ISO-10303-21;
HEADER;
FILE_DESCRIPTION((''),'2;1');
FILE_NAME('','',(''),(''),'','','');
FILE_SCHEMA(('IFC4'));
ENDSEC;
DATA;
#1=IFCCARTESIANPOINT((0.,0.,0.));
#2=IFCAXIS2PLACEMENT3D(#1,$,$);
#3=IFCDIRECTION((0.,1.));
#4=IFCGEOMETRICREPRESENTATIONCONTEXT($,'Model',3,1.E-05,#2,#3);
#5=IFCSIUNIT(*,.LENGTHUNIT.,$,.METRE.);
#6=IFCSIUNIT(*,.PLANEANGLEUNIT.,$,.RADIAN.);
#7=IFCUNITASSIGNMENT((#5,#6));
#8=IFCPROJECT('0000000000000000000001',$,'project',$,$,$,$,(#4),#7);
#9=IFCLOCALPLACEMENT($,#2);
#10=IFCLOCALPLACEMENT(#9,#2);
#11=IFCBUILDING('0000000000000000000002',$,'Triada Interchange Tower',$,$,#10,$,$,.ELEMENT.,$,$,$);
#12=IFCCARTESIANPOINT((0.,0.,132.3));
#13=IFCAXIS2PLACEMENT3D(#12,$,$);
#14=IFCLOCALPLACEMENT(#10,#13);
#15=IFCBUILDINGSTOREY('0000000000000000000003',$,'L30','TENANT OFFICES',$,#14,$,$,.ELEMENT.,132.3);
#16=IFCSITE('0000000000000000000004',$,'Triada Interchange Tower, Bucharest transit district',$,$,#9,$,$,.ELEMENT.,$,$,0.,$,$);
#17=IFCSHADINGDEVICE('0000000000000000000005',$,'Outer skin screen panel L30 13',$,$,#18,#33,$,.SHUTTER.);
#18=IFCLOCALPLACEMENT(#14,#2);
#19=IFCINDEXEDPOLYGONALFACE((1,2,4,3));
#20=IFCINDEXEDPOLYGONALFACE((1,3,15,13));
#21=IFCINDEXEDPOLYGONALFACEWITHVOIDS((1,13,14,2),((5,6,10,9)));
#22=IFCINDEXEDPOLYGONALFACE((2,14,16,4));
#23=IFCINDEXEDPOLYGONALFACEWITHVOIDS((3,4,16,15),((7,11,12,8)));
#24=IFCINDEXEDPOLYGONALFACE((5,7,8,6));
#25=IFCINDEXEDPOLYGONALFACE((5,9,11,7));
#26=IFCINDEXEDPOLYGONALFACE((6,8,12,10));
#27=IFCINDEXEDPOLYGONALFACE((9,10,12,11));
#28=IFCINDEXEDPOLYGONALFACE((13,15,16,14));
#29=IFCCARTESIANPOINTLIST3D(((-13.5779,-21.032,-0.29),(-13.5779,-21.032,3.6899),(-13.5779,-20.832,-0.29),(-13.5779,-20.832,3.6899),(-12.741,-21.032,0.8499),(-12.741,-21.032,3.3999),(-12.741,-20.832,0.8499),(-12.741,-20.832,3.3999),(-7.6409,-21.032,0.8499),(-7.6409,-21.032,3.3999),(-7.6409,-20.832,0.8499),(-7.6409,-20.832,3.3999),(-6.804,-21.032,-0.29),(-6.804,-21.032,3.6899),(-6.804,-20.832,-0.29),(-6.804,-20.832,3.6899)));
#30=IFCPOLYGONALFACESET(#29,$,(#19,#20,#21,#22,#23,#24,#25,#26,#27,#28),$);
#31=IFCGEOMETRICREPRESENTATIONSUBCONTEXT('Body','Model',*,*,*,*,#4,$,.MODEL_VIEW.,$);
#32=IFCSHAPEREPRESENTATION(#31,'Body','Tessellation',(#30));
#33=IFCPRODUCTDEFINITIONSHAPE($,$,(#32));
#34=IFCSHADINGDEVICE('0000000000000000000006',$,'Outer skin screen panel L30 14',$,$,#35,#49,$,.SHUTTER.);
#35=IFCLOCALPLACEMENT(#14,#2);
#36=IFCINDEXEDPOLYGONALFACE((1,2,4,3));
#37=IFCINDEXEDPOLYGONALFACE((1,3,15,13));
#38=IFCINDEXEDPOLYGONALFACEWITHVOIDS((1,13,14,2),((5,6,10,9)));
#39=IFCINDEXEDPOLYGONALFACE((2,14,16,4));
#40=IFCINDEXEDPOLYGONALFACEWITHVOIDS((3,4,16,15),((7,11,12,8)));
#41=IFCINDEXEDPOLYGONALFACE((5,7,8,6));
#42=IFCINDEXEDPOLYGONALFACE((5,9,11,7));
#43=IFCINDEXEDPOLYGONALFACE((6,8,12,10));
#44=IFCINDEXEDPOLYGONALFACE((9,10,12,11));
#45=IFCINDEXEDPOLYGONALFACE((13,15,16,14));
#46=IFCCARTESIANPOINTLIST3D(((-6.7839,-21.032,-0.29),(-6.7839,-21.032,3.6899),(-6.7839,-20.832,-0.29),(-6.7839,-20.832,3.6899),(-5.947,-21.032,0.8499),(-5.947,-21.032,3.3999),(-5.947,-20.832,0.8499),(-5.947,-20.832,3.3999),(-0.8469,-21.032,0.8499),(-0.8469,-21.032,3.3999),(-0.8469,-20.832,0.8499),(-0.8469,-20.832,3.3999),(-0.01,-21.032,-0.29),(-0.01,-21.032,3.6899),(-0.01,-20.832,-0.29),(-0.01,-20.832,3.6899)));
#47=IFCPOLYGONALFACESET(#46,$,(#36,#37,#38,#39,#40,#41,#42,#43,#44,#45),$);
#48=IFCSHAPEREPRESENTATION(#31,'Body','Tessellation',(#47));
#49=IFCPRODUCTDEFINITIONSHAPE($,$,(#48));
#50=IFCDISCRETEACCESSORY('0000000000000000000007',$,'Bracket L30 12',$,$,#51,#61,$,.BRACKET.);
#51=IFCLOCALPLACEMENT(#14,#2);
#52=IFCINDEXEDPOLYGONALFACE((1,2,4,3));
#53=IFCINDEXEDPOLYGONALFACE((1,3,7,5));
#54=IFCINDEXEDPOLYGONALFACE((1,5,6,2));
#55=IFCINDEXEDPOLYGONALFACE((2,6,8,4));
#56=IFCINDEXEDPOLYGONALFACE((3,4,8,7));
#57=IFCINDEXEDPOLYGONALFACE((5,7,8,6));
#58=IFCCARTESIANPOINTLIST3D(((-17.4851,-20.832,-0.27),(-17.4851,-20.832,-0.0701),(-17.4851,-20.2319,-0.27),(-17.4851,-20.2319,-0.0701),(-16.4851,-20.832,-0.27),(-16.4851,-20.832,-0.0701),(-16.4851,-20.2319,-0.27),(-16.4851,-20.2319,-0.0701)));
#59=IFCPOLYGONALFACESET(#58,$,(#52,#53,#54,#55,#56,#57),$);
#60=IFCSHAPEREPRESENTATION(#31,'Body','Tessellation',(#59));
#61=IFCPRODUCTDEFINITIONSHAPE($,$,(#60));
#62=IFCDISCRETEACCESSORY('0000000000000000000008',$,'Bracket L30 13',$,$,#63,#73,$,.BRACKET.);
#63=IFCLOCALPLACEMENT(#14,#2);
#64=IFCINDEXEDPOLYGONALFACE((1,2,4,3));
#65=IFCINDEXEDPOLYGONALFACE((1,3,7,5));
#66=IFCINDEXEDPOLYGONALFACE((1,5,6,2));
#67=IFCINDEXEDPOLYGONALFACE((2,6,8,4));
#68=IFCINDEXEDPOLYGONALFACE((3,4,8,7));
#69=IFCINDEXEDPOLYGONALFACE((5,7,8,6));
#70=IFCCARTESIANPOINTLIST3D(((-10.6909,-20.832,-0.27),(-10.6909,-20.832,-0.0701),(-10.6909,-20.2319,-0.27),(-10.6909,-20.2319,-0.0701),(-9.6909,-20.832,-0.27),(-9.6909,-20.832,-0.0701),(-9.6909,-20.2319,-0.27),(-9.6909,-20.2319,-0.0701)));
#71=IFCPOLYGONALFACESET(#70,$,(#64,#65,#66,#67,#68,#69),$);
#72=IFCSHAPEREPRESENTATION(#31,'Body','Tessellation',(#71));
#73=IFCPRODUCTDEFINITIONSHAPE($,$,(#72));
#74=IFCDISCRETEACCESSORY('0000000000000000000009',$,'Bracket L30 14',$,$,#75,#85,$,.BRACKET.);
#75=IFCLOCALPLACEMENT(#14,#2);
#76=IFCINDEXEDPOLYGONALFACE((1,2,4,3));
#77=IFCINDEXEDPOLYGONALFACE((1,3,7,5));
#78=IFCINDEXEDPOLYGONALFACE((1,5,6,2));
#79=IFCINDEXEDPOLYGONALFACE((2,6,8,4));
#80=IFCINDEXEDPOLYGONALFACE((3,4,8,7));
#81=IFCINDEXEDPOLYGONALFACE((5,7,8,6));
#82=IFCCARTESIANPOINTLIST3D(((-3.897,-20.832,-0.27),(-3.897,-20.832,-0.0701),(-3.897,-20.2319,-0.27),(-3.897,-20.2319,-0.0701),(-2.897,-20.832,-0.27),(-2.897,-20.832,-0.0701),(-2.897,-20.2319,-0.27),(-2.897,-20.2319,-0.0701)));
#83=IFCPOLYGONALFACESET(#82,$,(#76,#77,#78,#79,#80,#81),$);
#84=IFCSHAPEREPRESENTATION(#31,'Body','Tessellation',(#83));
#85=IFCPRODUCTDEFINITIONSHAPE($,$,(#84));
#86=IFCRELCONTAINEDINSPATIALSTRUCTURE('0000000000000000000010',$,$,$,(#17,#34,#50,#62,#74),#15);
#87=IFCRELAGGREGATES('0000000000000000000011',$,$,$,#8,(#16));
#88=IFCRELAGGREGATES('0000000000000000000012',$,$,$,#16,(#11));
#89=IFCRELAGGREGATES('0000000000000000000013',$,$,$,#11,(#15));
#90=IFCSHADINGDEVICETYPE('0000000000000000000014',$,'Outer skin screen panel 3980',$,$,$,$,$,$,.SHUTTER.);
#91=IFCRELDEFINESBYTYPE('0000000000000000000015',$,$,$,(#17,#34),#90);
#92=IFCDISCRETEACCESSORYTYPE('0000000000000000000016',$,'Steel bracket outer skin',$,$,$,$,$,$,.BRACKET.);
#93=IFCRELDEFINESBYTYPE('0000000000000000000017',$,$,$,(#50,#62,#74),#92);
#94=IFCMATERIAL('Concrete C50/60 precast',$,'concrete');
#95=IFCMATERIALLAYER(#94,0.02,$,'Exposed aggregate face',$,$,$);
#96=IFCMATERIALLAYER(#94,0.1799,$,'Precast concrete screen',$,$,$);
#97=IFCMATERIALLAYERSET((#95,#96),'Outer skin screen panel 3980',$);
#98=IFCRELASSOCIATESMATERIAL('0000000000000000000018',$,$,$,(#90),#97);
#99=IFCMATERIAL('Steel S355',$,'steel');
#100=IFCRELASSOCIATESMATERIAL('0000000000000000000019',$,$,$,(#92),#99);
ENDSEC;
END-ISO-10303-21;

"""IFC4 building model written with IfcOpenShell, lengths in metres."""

from ifc_helpers import new_model, si_unit, direction, frame, origin, origin_2d, place, context, subcontext, project, spatial, polyline, rectangle, outline, extrude, material, layer, layer_set, type_object, element, save


model = new_model("IFC4")

# Units and contexts
model_context = context("Model", 3, precision=1e-05, world=origin(), true_north=direction((0.0, 1.0)))
body_context = subcontext(model_context, "Body", "Model", "MODEL_VIEW")
ifc_project = project(units=[si_unit("LENGTHUNIT", "METRE"), si_unit("PLANEANGLEUNIT", "RADIAN")], contexts=[model_context])

# Site, building, storey
site_placement = place(None, origin())
site = spatial("IfcSite", under=ifc_project, at=site_placement, Name="Triada Interchange Tower, Bucharest transit district", CompositionType="ELEMENT", RefElevation=0.0)
building_placement = place(site_placement, origin())
building = spatial("IfcBuilding", under=site, at=building_placement, Name="Triada Interchange Tower", CompositionType="ELEMENT")
storey_placement = place(building_placement, frame((0.0, 0.0, 132.3)))
storey = spatial("IfcBuildingStorey", under=building, at=storey_placement, Name="L30", Description="TENANT OFFICES", CompositionType="ELEMENT", Elevation=132.3)

# Shading devices
ifc_material_1 = material(Name="Concrete C50/60 precast", Category="concrete")
ifc_layer_1 = layer(ifc_material_1, 0.02, Name="Exposed aggregate face")
ifc_layer_2 = layer(ifc_material_1, 0.1799, Name="Precast concrete screen")
ifc_layer_set_1 = layer_set([ifc_layer_1, ifc_layer_2], Name="Outer skin screen panel 3980")
shading_device_type = type_object("IfcShadingDeviceType", Name="Outer skin screen panel 3980", PredefinedType="SHUTTER", material=ifc_layer_set_1)
for number, where, z_axis, x_axis, name in (
    (1, (-13.5779, -20.832, -0.29), (0.0, 0.0, 1.0), (1.0, 0.0, 0.0), "Outer skin screen panel L30 13"),
    (2, (-6.7839, -20.832, -0.29), (0.0, 0.0, 1.0), (1.0, 0.0, 0.0), "Outer skin screen panel L30 14"),
):
    element("IfcShadingDevice", number, at=place(storey_placement, frame(where, z_axis=z_axis, x_axis=x_axis)), inside=storey, type_object=shading_device_type, Name=name, PredefinedType="SHUTTER", context=body_context, shape_type="SweptSolid", body=[
        extrude(outline(polyline([(0.0, 0.0), (6.7739, 0.0), (6.7739, 3.98), (0.0, 3.98), (0.0, 0.0)]), holes=[polyline([(0.8369, 1.1399), (0.8369, 3.6899), (5.937, 3.6899), (5.937, 1.1399), (0.8369, 1.1399)])]), frame((0.0, 0.0, 0.0), z_axis=(0.0, -1.0, 0.0), x_axis=(1.0, 0.0, 0.0)), (0.0, 0.0, 1.0), 0.2),
    ])

# Discrete accessories
ifc_material_2 = material(Name="Steel S355", Category="steel")
discrete_accessory_type = type_object("IfcDiscreteAccessoryType", Name="Steel bracket outer skin", PredefinedType="BRACKET", material=ifc_material_2)
for number, where, z_axis, x_axis, name in (
    (3, (-16.9851, -20.532, -0.27), (0.0, 0.0, 1.0), (0.0, -1.0, 0.0), "Bracket L30 12"),
    (4, (-10.1909, -20.532, -0.27), (0.0, 0.0, 1.0), (0.0, -1.0, 0.0), "Bracket L30 13"),
    (5, (-3.397, -20.532, -0.27), (0.0, 0.0, 1.0), (0.0, -1.0, 0.0), "Bracket L30 14"),
):
    element("IfcDiscreteAccessory", number, at=place(storey_placement, frame(where, z_axis=z_axis, x_axis=x_axis)), inside=storey, type_object=discrete_accessory_type, Name=name, PredefinedType="BRACKET", context=body_context, shape_type="SweptSolid", body=[
        extrude(rectangle(XDim=0.6001, YDim=1.0, at=origin_2d()), origin(), (0.0, 0.0, 1.0), 0.2),
    ])

save(model, "model.ifc")
